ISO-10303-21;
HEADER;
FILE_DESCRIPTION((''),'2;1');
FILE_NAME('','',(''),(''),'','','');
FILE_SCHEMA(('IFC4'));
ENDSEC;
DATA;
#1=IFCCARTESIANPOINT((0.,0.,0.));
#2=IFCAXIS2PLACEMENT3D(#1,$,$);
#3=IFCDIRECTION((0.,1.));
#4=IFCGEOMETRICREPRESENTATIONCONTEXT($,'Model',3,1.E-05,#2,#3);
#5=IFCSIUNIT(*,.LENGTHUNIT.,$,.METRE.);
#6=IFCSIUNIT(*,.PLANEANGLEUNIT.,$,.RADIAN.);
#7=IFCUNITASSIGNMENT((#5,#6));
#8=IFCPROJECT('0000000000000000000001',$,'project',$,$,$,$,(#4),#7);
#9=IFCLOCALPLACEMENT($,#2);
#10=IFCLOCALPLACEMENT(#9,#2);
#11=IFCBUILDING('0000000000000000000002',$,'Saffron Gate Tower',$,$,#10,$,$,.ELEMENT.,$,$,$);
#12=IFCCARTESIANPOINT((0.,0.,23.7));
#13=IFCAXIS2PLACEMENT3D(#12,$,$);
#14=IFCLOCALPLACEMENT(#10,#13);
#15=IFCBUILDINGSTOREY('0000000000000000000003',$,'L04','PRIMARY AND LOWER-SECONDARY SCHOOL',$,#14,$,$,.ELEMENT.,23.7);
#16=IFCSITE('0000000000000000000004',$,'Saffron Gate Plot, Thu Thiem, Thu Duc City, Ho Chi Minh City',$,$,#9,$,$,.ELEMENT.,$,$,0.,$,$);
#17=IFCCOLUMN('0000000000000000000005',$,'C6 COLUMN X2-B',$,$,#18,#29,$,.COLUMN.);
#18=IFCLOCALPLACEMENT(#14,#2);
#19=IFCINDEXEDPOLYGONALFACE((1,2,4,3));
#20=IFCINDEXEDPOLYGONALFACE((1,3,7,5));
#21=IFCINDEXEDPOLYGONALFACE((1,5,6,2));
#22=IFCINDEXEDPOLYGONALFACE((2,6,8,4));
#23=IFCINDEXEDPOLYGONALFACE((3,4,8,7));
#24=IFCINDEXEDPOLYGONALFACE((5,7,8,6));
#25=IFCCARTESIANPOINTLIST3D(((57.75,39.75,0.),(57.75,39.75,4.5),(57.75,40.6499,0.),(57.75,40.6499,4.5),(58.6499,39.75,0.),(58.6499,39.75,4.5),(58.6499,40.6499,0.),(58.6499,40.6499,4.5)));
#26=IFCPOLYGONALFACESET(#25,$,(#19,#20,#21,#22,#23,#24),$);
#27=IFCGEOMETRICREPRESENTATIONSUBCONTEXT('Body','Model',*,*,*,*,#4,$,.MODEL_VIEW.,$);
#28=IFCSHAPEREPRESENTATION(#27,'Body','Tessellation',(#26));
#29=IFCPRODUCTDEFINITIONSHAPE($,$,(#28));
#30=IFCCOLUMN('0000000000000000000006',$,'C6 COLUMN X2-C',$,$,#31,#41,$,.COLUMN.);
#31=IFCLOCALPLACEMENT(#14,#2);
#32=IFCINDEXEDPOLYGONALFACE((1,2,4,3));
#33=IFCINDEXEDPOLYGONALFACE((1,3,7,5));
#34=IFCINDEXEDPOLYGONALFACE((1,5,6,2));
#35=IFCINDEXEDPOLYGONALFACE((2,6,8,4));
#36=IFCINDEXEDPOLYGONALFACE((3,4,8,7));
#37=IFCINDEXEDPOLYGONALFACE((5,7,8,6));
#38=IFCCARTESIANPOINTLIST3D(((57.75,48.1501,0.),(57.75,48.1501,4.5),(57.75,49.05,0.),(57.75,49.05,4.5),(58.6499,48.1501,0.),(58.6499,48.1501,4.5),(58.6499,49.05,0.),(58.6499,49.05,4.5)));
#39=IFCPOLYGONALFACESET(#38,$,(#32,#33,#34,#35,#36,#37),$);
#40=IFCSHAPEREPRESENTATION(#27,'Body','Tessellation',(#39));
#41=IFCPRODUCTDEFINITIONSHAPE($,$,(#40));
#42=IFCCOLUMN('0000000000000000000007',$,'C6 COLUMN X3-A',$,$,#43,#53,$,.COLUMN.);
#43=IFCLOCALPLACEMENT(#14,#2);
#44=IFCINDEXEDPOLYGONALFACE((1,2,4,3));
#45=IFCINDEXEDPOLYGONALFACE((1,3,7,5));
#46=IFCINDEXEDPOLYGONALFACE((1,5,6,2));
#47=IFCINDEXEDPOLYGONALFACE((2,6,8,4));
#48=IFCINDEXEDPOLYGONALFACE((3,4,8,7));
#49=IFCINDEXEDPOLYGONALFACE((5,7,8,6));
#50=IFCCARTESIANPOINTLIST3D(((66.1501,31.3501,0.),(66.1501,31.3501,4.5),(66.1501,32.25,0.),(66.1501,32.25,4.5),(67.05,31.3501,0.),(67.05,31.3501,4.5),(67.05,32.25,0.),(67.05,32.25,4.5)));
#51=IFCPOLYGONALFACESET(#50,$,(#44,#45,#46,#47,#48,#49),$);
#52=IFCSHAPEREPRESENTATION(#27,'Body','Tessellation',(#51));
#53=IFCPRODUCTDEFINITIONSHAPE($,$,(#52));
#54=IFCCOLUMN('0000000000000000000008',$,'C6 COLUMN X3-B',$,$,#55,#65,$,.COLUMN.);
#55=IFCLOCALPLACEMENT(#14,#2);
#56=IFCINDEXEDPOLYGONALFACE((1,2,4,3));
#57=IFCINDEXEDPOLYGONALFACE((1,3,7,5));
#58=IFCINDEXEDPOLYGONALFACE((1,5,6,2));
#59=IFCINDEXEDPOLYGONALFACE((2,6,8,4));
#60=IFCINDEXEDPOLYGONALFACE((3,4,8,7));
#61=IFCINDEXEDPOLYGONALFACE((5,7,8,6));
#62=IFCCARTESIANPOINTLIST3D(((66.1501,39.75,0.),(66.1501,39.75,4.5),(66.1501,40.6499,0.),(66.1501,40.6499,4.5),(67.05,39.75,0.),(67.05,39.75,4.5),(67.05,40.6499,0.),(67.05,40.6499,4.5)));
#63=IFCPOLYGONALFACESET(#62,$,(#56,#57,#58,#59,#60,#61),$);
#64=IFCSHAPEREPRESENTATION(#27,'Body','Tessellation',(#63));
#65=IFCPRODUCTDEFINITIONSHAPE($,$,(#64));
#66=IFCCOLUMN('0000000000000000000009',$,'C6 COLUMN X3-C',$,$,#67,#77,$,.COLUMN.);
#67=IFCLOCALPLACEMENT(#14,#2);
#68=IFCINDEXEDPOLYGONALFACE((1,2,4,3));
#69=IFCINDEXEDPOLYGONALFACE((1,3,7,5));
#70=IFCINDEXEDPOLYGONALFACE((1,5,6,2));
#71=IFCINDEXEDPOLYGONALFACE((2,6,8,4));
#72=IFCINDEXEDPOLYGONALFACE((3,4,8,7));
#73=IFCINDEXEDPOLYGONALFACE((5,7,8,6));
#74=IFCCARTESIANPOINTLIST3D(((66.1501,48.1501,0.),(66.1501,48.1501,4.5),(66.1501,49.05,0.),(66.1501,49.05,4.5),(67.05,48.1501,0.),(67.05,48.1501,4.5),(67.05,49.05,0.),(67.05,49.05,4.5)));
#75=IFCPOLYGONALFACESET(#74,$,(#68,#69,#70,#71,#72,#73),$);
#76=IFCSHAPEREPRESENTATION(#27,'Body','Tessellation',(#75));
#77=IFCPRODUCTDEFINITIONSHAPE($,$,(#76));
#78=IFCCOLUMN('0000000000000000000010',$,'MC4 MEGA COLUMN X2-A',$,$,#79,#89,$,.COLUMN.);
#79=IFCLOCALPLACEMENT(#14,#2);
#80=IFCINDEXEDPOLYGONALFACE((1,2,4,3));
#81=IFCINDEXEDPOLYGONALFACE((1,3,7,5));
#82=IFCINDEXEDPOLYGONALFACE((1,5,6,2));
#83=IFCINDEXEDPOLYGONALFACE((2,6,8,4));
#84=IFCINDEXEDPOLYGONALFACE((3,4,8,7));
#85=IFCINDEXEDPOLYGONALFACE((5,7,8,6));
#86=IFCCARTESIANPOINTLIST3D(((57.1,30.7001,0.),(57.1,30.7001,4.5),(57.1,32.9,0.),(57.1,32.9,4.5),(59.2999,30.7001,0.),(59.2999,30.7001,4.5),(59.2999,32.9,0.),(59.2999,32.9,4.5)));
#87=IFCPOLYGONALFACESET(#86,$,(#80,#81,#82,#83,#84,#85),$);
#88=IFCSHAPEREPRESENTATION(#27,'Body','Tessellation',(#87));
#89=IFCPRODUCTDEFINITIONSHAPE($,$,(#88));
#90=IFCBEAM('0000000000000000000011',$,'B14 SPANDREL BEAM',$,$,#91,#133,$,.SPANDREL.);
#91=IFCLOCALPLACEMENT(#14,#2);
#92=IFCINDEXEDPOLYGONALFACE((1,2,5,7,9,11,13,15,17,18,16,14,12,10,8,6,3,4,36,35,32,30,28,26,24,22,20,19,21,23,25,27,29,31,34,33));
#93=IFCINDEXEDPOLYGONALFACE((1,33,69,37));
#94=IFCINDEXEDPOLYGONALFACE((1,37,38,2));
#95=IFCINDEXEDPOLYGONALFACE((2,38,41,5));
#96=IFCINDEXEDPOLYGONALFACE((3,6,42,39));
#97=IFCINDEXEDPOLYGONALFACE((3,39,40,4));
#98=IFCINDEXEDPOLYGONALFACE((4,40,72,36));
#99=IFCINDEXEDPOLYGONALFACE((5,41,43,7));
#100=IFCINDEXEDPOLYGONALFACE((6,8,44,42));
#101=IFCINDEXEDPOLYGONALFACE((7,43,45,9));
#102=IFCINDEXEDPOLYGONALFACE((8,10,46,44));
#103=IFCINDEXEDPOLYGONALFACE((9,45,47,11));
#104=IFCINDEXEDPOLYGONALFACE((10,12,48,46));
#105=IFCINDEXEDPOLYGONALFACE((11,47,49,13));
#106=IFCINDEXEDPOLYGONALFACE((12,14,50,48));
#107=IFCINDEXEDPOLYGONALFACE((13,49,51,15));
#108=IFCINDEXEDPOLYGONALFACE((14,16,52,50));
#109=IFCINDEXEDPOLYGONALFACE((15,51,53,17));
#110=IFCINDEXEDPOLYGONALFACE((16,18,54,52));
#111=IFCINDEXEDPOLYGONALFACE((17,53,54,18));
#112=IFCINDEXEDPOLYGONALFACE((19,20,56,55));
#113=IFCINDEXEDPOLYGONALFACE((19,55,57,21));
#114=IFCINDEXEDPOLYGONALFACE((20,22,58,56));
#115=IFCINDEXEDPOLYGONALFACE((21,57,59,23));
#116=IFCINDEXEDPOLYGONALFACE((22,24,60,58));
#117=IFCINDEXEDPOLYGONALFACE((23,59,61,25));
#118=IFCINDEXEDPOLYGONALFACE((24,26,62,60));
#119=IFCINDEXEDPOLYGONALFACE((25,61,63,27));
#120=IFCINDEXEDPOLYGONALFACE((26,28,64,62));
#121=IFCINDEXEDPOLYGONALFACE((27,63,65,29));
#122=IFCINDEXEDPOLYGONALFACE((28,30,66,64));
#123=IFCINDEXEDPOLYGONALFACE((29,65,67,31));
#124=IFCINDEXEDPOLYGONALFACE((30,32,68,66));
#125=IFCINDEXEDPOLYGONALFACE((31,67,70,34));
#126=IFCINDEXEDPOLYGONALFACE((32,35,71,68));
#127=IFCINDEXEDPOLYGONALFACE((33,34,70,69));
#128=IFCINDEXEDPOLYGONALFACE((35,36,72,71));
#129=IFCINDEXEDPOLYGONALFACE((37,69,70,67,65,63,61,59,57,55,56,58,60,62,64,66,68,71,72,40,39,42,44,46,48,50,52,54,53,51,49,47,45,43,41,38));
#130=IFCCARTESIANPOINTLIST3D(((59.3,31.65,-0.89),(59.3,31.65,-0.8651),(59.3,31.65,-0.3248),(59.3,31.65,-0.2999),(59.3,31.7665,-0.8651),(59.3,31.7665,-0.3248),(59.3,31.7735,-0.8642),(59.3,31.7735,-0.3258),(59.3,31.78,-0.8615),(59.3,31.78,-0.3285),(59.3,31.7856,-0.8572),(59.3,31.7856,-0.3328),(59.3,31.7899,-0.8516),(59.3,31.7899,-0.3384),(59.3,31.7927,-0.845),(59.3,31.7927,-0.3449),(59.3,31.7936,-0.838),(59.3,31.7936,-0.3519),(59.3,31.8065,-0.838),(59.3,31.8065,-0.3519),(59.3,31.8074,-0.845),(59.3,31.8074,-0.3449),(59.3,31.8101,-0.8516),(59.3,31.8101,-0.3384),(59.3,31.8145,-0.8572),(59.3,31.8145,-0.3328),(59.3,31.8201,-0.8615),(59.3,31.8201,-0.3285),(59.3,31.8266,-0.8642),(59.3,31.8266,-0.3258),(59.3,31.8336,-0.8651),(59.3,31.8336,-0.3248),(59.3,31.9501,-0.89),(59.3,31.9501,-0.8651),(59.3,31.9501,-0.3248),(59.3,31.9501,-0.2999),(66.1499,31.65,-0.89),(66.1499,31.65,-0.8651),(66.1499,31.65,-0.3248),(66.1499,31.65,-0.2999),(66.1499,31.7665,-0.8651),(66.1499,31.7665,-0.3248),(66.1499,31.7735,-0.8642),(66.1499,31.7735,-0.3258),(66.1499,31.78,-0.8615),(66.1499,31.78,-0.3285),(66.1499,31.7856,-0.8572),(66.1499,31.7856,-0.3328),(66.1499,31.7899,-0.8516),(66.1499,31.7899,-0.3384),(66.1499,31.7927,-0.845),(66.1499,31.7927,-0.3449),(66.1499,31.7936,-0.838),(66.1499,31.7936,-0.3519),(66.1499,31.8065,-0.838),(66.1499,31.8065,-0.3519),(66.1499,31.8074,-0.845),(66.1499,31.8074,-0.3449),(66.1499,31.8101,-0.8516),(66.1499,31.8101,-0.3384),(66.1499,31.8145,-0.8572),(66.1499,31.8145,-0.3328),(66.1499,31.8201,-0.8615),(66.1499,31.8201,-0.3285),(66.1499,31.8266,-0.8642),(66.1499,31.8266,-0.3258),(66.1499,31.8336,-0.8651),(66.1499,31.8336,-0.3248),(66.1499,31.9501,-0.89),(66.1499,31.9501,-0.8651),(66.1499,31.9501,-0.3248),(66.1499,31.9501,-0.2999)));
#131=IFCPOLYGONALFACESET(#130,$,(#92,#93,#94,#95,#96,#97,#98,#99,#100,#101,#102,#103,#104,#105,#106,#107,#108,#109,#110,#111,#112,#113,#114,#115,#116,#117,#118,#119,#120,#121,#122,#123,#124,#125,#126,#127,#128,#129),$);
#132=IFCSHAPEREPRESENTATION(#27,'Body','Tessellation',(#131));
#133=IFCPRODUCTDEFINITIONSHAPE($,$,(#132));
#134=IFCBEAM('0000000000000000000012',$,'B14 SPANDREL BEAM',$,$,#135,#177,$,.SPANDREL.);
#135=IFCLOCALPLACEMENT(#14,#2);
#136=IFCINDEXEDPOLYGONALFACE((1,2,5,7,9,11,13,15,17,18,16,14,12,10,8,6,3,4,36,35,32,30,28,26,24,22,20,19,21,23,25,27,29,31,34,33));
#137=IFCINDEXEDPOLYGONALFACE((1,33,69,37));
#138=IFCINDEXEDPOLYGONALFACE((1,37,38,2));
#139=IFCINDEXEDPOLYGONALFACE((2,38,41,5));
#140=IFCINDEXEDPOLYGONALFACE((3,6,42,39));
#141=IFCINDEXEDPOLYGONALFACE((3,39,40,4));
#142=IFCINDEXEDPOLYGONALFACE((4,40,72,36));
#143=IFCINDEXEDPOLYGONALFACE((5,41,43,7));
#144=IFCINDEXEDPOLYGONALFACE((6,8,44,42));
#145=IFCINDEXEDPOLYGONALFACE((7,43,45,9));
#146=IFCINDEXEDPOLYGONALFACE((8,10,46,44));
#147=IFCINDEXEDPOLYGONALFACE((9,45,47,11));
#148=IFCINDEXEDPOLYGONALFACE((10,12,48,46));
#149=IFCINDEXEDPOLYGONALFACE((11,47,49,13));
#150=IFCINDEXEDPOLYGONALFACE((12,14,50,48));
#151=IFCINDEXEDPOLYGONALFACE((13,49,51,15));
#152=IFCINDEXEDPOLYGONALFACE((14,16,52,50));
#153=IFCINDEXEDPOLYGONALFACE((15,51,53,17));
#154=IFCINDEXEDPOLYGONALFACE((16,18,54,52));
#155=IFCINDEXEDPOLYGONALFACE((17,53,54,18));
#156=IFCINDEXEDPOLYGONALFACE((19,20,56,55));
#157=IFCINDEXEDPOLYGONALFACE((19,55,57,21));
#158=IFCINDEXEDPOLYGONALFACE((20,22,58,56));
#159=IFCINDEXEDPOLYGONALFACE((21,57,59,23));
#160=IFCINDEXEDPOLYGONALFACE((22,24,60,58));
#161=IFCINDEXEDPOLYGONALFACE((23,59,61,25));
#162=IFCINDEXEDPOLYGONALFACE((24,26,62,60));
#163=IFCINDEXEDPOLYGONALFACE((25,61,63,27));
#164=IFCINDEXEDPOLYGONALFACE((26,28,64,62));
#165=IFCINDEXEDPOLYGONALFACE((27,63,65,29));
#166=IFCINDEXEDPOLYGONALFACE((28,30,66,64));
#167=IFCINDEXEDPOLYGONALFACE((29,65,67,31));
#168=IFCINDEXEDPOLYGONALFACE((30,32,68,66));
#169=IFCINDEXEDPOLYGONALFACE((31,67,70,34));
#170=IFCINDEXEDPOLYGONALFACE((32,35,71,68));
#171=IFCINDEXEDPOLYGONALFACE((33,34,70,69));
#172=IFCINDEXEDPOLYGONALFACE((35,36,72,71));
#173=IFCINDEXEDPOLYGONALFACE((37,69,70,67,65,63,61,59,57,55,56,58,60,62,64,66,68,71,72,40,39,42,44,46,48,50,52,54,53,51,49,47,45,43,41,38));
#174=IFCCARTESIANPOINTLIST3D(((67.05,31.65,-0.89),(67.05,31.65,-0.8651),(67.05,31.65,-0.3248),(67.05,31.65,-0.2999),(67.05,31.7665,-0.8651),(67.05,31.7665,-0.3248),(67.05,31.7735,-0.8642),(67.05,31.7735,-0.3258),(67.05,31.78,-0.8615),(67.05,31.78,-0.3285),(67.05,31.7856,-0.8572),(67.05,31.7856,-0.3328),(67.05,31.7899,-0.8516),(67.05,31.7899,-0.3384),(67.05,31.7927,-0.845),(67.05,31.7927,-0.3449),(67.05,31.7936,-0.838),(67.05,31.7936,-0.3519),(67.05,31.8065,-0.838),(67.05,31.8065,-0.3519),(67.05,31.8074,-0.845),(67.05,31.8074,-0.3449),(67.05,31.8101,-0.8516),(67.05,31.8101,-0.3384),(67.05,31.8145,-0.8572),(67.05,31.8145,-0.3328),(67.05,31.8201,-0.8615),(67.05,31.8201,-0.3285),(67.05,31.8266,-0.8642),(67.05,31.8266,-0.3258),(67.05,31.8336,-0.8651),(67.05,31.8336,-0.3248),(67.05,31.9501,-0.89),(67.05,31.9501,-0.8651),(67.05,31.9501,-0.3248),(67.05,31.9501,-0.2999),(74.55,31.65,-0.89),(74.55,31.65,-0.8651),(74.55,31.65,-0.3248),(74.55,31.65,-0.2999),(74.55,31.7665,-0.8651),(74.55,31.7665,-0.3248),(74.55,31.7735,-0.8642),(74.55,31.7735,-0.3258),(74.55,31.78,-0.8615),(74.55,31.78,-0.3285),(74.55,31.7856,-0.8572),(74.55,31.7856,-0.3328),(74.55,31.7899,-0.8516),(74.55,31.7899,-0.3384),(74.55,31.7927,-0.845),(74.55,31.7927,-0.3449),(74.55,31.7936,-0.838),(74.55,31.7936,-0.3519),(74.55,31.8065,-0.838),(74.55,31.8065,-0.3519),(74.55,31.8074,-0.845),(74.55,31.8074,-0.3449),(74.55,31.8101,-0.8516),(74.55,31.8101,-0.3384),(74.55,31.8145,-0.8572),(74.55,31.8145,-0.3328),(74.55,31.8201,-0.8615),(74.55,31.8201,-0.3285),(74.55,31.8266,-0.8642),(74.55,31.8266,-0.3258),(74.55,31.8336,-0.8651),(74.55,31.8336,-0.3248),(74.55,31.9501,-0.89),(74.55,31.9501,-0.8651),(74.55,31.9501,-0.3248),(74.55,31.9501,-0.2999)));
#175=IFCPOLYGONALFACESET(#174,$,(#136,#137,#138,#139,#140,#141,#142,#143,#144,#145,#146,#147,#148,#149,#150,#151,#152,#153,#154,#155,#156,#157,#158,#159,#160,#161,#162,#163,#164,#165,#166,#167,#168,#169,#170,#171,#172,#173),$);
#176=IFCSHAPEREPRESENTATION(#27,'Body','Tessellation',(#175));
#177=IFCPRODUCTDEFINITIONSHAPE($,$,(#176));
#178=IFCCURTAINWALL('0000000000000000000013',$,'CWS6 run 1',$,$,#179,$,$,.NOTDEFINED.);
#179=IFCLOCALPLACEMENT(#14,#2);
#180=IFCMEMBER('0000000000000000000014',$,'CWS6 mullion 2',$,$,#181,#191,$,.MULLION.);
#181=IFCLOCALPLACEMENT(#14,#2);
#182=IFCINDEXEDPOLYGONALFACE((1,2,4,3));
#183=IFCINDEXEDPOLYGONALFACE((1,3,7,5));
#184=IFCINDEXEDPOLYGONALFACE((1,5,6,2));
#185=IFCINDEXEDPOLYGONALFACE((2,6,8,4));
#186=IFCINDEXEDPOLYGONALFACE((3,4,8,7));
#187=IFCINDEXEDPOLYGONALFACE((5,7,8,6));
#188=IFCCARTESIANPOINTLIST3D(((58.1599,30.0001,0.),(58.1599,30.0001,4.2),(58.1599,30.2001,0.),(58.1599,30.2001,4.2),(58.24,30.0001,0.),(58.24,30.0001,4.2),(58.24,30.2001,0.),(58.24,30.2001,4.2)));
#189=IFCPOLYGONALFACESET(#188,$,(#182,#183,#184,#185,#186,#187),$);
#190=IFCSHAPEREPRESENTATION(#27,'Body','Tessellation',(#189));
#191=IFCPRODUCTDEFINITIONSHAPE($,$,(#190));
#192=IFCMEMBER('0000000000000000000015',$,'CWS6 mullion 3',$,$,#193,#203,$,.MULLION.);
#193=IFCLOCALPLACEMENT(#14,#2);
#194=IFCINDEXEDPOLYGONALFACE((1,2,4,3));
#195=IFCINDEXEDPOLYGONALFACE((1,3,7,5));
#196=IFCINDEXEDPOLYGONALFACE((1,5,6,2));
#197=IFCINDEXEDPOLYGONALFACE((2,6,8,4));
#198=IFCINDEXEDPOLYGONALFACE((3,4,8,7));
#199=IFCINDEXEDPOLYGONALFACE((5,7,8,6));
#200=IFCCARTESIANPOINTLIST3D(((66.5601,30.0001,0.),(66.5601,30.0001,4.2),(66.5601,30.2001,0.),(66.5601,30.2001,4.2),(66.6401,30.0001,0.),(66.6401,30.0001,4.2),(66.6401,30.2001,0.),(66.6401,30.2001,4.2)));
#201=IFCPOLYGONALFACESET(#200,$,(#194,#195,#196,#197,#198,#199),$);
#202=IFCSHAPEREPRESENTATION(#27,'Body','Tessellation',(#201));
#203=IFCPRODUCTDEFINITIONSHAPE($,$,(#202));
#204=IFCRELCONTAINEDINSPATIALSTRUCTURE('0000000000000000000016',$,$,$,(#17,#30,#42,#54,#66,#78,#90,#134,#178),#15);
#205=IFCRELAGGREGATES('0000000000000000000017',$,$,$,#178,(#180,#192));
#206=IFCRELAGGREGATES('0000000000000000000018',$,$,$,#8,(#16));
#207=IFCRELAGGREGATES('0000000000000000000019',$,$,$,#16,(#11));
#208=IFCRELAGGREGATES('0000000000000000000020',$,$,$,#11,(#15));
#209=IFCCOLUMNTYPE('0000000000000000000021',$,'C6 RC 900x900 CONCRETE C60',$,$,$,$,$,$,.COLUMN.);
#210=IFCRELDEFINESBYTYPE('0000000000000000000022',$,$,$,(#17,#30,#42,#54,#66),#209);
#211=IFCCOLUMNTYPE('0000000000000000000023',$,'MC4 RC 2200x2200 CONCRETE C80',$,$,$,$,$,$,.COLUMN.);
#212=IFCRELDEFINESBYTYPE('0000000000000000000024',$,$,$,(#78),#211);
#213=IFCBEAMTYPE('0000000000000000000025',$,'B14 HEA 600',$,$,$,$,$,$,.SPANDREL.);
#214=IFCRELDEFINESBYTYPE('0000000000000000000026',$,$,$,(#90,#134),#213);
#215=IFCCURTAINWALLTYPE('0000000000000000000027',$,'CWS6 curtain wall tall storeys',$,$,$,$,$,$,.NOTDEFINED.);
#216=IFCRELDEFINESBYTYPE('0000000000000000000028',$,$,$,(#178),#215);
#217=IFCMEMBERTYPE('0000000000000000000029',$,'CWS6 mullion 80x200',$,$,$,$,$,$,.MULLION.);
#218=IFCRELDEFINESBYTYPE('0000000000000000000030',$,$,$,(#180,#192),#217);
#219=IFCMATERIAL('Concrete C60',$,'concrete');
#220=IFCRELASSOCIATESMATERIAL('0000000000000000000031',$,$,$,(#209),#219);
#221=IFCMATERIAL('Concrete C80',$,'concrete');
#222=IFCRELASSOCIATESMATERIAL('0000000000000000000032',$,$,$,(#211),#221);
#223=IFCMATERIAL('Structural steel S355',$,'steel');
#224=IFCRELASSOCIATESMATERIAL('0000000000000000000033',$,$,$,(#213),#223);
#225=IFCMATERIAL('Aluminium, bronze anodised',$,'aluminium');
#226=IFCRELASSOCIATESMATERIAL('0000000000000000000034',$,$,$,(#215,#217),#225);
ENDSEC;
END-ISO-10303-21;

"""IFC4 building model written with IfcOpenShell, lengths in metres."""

from ifc_helpers import new_model, si_unit, direction, frame, origin, origin_2d, place, context, subcontext, project, spatial, rectangle, i_section, extrude, material, material_profile, profile_set, type_object, element, aggregate, save


model = new_model("IFC4")

# Units and contexts
model_context = context("Model", 3, precision=1e-05, world=origin(), true_north=direction((0.0, 1.0)))
body_context = subcontext(model_context, "Body", "Model", "MODEL_VIEW")
ifc_project = project(units=[si_unit("LENGTHUNIT", "METRE"), si_unit("PLANEANGLEUNIT", "RADIAN")], contexts=[model_context])

# Site, building, storey
site_placement = place(None, origin())
site = spatial("IfcSite", under=ifc_project, at=site_placement, Name="Saffron Gate Plot, Thu Thiem, Thu Duc City, Ho Chi Minh City", CompositionType="ELEMENT", RefElevation=0.0)
building_placement = place(site_placement, origin())
building = spatial("IfcBuilding", under=site, at=building_placement, Name="Saffron Gate Tower", CompositionType="ELEMENT")
storey_placement = place(building_placement, frame((0.0, 0.0, 23.7)))
storey = spatial("IfcBuildingStorey", under=building, at=storey_placement, Name="L04", Description="PRIMARY AND LOWER-SECONDARY SCHOOL", CompositionType="ELEMENT", Elevation=23.7)

# Columns
ifc_material_1 = material(Name="Concrete C60", Category="concrete")
ifc_material_profile_1 = material_profile(ifc_material_1, rectangle(XDim=0.8999, YDim=0.8999, at=origin_2d()))
ifc_profile_set_1 = profile_set([ifc_material_profile_1], Name="Concrete C60")
column_type_1 = type_object("IfcColumnType", Name="C6 RC 900x900 CONCRETE C60", PredefinedType="COLUMN", material=ifc_profile_set_1)
for number, where, z_axis, x_axis, name in (
    (1, (58.2, 40.2, 0.0), (0.0, 0.0, 1.0), (1.0, 0.0, 0.0), "C6 COLUMN X2-B"),
    (2, (58.2, 48.6001, 0.0), (0.0, 0.0, 1.0), (1.0, 0.0, 0.0), "C6 COLUMN X2-C"),
    (3, (66.6001, 31.8, 0.0), (0.0, 0.0, 1.0), (1.0, 0.0, 0.0), "C6 COLUMN X3-A"),
    (4, (66.6001, 40.2, 0.0), (0.0, 0.0, 1.0), (1.0, 0.0, 0.0), "C6 COLUMN X3-B"),
    (5, (66.6001, 48.6001, 0.0), (0.0, 0.0, 1.0), (1.0, 0.0, 0.0), "C6 COLUMN X3-C"),
):
    element("IfcColumn", number, at=place(storey_placement, frame(where, z_axis=z_axis, x_axis=x_axis)), inside=storey, type_object=column_type_1, Name=name, PredefinedType="COLUMN", context=body_context, shape_type="SweptSolid", body=[
        extrude(rectangle(XDim=0.8999, YDim=0.8999, at=origin_2d()), origin(), (0.0, 0.0, 1.0), 4.5),
    ])
ifc_material_2 = material(Name="Concrete C80", Category="concrete")
ifc_material_profile_2 = material_profile(ifc_material_2, rectangle(XDim=2.2, YDim=2.2, at=origin_2d()))
ifc_profile_set_2 = profile_set([ifc_material_profile_2], Name="Concrete C80")
column_type_2 = type_object("IfcColumnType", Name="MC4 RC 2200x2200 CONCRETE C80", PredefinedType="COLUMN", material=ifc_profile_set_2)
column_placement = place(storey_placement, frame((58.2, 31.8, 0.0), z_axis=(0.0, 0.0, 1.0), x_axis=(1.0, 0.0, 0.0)))
element("IfcColumn", 6, at=column_placement, inside=storey, type_object=column_type_2, Name="MC4 MEGA COLUMN X2-A", PredefinedType="COLUMN", context=body_context, shape_type="SweptSolid", body=[
    extrude(rectangle(XDim=2.2, YDim=2.2, at=origin_2d()), origin(), (0.0, 0.0, 1.0), 4.5),
])

# Beams
ifc_material_3 = material(Name="Structural steel S355", Category="steel")
ifc_material_profile_3 = material_profile(ifc_material_3, i_section(OverallWidth=0.3, OverallDepth=0.5901, WebThickness=0.0129, FlangeThickness=0.0249, FilletRadius=0.0271, at=origin_2d()))
ifc_profile_set_3 = profile_set([ifc_material_profile_3], Name="Structural steel S355")
beam_type = type_object("IfcBeamType", Name="B14 HEA 600", PredefinedType="SPANDREL", material=ifc_profile_set_3)
beam_1_placement = place(storey_placement, frame((59.3, 31.8, -0.595), z_axis=(1.0, 0.0, 0.0), x_axis=(0.0, 1.0, 0.0)))
element("IfcBeam", 7, at=beam_1_placement, inside=storey, type_object=beam_type, Name="B14 SPANDREL BEAM", PredefinedType="SPANDREL", context=body_context, shape_type="SweptSolid", body=[
    extrude(i_section(OverallWidth=0.3, OverallDepth=0.5901, WebThickness=0.0129, FlangeThickness=0.0249, FilletRadius=0.0271, at=origin_2d()), origin(), (0.0, 0.0, 1.0), 6.8499),
])
beam_2_placement = place(storey_placement, frame((67.05, 31.8, -0.595), z_axis=(1.0, 0.0, 0.0), x_axis=(0.0, 1.0, 0.0)))
element("IfcBeam", 8, at=beam_2_placement, inside=storey, type_object=beam_type, Name="B14 SPANDREL BEAM", PredefinedType="SPANDREL", context=body_context, shape_type="SweptSolid", body=[
    extrude(i_section(OverallWidth=0.3, OverallDepth=0.5901, WebThickness=0.0129, FlangeThickness=0.0249, FilletRadius=0.0271, at=origin_2d()), origin(), (0.0, 0.0, 1.0), 7.5),
])

# Curtain wall, members
ifc_material_4 = material(Name="Aluminium, bronze anodised", Category="aluminium")
curtain_wall_type = type_object("IfcCurtainWallType", Name="CWS6 curtain wall tall storeys", PredefinedType="NOTDEFINED", material=ifc_material_4)
curtain_wall_placement = place(storey_placement, origin())
curtain_wall = element("IfcCurtainWall", 9, at=curtain_wall_placement, inside=storey, type_object=curtain_wall_type, Name="CWS6 run 1", PredefinedType="NOTDEFINED")
ifc_material_profile_4 = material_profile(ifc_material_4, rectangle(XDim=0.2, YDim=0.0801, at=origin_2d()))
ifc_profile_set_4 = profile_set([ifc_material_profile_4], Name="Aluminium, bronze anodised")
member_type = type_object("IfcMemberType", Name="CWS6 mullion 80x200", PredefinedType="MULLION", material=ifc_profile_set_4)
member_1_placement = place(storey_placement, frame((58.2, 30.1001, 0.0), z_axis=(0.0, 0.0, 1.0), x_axis=(0.0, 1.0, 0.0)))
member_1 = element("IfcMember", 10, at=member_1_placement, type_object=member_type, Name="CWS6 mullion 2", PredefinedType="MULLION", context=body_context, shape_type="SweptSolid", body=[
    extrude(rectangle(XDim=0.2, YDim=0.0801, at=origin_2d()), origin(), (0.0, 0.0, 1.0), 4.2),
])
member_2_placement = place(storey_placement, frame((66.6001, 30.1001, 0.0), z_axis=(0.0, 0.0, 1.0), x_axis=(0.0, 1.0, 0.0)))
member_2 = element("IfcMember", 11, at=member_2_placement, type_object=member_type, Name="CWS6 mullion 3", PredefinedType="MULLION", context=body_context, shape_type="SweptSolid", body=[
    extrude(rectangle(XDim=0.2, YDim=0.0801, at=origin_2d()), origin(), (0.0, 0.0, 1.0), 4.2),
])
aggregate(curtain_wall, [member_1, member_2])

save(model, "model.ifc")
